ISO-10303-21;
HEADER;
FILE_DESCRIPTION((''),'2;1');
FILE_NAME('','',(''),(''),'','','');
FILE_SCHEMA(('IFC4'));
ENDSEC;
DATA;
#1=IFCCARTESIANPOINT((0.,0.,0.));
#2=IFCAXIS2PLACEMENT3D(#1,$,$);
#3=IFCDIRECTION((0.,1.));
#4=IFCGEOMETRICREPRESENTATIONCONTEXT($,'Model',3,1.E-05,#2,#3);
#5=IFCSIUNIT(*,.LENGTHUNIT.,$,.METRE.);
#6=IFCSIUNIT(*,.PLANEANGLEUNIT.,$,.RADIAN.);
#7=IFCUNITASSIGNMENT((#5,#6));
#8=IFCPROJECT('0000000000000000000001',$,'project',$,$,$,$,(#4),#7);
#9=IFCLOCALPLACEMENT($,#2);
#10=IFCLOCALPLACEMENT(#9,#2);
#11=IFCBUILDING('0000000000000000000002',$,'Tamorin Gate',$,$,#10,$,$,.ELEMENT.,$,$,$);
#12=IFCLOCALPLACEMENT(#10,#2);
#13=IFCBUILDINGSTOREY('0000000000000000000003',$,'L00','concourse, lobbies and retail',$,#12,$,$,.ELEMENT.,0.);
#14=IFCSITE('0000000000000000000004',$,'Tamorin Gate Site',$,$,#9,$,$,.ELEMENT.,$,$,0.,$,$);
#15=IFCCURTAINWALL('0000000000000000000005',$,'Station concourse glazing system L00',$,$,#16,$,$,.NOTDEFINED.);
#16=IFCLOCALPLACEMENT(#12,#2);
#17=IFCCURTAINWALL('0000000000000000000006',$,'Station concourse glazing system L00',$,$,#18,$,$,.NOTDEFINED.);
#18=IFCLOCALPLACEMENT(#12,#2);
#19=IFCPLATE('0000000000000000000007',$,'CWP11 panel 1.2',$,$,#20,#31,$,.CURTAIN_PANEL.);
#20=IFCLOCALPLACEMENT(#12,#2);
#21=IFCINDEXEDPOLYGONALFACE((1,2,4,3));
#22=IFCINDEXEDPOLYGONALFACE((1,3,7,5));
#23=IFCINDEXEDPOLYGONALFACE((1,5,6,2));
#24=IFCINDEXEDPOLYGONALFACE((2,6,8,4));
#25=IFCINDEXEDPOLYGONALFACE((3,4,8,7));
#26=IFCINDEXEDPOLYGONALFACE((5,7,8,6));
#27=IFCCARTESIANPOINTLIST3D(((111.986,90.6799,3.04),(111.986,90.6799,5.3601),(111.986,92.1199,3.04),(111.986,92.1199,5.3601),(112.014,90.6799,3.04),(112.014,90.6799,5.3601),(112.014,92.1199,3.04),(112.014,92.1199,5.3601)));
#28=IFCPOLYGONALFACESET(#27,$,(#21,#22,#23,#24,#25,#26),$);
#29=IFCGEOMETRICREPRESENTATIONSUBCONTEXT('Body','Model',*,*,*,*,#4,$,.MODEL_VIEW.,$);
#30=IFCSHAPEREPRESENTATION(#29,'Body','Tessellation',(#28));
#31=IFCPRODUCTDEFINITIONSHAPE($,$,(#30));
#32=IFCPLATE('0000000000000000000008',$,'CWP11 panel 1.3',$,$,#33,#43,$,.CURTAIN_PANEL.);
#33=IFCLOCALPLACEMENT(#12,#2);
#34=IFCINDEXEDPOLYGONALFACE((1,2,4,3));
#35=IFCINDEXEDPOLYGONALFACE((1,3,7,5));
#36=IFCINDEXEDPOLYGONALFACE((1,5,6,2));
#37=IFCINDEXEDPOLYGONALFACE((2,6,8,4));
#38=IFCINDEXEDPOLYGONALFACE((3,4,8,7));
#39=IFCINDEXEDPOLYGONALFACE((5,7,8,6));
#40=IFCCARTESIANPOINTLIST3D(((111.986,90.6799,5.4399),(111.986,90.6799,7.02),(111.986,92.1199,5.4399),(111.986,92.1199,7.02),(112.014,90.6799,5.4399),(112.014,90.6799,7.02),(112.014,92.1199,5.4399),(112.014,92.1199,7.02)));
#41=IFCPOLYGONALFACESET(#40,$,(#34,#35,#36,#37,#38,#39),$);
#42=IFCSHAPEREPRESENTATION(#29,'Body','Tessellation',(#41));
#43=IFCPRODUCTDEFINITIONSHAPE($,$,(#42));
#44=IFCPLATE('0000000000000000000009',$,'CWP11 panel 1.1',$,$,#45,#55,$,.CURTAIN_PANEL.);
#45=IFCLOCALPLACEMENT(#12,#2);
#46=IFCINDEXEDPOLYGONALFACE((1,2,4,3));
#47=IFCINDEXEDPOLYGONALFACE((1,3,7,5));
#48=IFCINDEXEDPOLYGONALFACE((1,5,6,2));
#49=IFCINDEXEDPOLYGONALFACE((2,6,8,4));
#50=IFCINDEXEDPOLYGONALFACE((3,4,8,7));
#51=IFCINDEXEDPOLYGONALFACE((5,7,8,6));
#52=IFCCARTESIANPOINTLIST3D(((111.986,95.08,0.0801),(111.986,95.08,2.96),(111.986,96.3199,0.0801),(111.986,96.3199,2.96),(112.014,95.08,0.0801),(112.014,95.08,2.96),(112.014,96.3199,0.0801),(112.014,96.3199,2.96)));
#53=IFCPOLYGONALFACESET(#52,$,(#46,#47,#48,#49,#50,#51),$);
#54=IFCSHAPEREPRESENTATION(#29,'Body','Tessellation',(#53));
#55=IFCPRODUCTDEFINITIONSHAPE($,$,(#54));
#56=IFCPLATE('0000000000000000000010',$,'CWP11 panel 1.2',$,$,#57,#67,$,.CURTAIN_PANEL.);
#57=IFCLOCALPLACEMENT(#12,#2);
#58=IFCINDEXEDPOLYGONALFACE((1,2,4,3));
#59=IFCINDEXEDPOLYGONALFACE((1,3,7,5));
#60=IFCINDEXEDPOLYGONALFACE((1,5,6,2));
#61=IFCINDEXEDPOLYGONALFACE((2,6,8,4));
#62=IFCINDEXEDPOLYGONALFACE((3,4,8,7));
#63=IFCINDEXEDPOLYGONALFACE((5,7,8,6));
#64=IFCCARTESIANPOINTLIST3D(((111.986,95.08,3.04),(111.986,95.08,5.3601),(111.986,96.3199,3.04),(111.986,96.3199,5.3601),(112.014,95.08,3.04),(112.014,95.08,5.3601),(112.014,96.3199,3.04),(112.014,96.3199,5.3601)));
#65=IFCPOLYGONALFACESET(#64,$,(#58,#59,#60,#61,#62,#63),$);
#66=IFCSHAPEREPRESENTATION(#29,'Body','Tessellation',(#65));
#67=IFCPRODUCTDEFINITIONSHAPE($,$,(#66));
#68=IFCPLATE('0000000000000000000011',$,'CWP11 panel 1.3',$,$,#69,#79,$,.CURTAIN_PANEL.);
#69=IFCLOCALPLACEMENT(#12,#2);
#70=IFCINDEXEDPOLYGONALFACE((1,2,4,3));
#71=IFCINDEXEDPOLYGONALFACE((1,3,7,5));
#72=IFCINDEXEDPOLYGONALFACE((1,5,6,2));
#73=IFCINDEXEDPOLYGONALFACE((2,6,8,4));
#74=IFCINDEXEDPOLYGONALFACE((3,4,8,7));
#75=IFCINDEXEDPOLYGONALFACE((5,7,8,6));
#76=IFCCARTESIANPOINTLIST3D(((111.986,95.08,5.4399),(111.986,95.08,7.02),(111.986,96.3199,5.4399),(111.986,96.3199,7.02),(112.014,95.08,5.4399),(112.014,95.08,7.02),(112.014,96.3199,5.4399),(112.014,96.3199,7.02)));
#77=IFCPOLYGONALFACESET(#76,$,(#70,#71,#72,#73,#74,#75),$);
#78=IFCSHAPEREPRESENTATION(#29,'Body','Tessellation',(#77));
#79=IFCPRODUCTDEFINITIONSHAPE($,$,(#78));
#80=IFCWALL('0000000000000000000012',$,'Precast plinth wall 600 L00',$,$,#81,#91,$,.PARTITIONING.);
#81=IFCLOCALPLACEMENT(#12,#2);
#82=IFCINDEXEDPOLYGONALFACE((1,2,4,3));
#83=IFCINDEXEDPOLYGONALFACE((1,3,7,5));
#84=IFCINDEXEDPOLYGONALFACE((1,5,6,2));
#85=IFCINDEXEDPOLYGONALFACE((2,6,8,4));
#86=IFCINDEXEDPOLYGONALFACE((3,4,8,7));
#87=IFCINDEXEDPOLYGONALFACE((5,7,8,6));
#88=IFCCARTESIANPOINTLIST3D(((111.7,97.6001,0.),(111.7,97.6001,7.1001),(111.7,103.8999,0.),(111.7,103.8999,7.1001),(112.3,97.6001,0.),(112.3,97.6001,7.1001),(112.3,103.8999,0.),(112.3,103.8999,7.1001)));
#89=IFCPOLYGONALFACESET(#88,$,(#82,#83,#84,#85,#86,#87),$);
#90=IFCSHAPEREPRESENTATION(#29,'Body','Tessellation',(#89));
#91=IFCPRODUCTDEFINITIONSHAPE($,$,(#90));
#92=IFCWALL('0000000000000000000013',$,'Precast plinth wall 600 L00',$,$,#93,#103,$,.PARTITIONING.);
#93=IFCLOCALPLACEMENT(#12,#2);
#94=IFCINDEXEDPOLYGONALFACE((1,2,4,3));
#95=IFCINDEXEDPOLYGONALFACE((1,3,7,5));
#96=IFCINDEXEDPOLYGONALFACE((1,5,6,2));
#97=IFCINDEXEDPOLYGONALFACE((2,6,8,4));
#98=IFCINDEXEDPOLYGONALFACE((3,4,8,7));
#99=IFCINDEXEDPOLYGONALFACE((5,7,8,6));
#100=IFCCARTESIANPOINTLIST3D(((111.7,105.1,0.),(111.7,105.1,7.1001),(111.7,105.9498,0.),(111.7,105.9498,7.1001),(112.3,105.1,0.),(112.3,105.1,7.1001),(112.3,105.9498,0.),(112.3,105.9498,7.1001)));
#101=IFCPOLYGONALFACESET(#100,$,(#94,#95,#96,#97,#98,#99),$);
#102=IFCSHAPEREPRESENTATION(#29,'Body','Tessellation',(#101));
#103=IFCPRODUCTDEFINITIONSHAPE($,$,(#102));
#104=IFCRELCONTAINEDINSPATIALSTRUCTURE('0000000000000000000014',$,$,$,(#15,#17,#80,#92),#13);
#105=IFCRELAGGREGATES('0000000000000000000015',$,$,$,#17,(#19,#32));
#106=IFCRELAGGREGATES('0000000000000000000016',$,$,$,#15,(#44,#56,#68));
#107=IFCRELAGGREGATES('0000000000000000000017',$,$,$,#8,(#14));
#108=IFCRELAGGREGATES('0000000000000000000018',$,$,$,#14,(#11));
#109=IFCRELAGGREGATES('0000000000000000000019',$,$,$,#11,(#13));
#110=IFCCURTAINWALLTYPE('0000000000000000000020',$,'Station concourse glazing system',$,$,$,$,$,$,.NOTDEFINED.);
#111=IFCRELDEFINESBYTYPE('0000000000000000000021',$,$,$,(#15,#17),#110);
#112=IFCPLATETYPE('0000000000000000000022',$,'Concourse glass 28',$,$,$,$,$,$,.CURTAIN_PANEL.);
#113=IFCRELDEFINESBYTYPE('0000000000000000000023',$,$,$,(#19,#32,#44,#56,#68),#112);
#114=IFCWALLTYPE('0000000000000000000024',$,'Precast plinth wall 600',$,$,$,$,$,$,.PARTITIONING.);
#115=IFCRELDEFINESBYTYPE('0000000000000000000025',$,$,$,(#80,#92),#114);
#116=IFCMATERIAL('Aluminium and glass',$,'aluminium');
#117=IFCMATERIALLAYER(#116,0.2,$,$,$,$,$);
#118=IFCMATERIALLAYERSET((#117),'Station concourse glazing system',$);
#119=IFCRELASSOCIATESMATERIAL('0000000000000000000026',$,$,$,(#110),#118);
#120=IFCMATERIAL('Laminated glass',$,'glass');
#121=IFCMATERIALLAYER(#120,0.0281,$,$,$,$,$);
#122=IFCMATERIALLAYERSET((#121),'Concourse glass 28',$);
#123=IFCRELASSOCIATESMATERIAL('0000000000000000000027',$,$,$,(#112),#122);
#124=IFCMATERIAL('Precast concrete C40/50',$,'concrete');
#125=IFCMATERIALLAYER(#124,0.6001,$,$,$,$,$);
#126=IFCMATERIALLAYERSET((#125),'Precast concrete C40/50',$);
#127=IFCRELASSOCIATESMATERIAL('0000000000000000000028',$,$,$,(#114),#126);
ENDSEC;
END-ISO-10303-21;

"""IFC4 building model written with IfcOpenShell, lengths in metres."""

from ifc_helpers import new_model, si_unit, direction, frame, frame_2d, origin, origin_2d, place, context, subcontext, project, spatial, rectangle, extrude, material, layer, layer_set, type_object, element, aggregate, save


model = new_model("IFC4")

# Units and contexts
model_context = context("Model", 3, precision=1e-05, world=origin(), true_north=direction((0.0, 1.0)))
body_context = subcontext(model_context, "Body", "Model", "MODEL_VIEW")
ifc_project = project(units=[si_unit("LENGTHUNIT", "METRE"), si_unit("PLANEANGLEUNIT", "RADIAN")], contexts=[model_context])

# Site, building, storey
site_placement = place(None, origin())
site = spatial("IfcSite", under=ifc_project, at=site_placement, Name="Tamorin Gate Site", CompositionType="ELEMENT", RefElevation=0.0)
building_placement = place(site_placement, origin())
building = spatial("IfcBuilding", under=site, at=building_placement, Name="Tamorin Gate", CompositionType="ELEMENT")
storey_placement = place(building_placement, origin())
storey = spatial("IfcBuildingStorey", under=building, at=storey_placement, Name="L00", Description="concourse, lobbies and retail", CompositionType="ELEMENT", Elevation=0.0)

# Curtain wall
ifc_material_1 = material(Name="Aluminium and glass", Category="aluminium")
ifc_layer_1 = layer(ifc_material_1, 0.2)
ifc_layer_set_1 = layer_set([ifc_layer_1], Name="Station concourse glazing system")
curtain_wall_type = type_object("IfcCurtainWallType", Name="Station concourse glazing system", PredefinedType="NOTDEFINED", material=ifc_layer_set_1)
curtain_wall_1_placement = place(storey_placement, origin())
curtain_wall_1 = element("IfcCurtainWall", 1, at=curtain_wall_1_placement, inside=storey, type_object=curtain_wall_type, Name="Station concourse glazing system L00", PredefinedType="NOTDEFINED")

# Curtain wall, plates
curtain_wall_2_placement = place(storey_placement, origin())
curtain_wall_2 = element("IfcCurtainWall", 2, at=curtain_wall_2_placement, inside=storey, type_object=curtain_wall_type, Name="Station concourse glazing system L00", PredefinedType="NOTDEFINED")
ifc_material_2 = material(Name="Laminated glass", Category="glass")
ifc_layer_2 = layer(ifc_material_2, 0.0281)
ifc_layer_set_2 = layer_set([ifc_layer_2], Name="Concourse glass 28")
plate_type = type_object("IfcPlateType", Name="Concourse glass 28", PredefinedType="CURTAIN_PANEL", material=ifc_layer_set_2)
plate_1_placement = place(storey_placement, frame((112.0, 91.3999, 3.04), z_axis=(0.0, 0.0, 1.0), x_axis=(0.0, 1.0, 0.0)))
plate_1 = element("IfcPlate", 3, at=plate_1_placement, type_object=plate_type, Name="CWP11 panel 1.2", PredefinedType="CURTAIN_PANEL", context=body_context, shape_type="SweptSolid", body=[
    extrude(rectangle(XDim=1.4399, YDim=0.0281, at=origin_2d()), origin(), (0.0, 0.0, 1.0), 2.3201),
])
plate_2_placement = place(storey_placement, frame((112.0, 91.3999, 5.4399), z_axis=(0.0, 0.0, 1.0), x_axis=(0.0, 1.0, 0.0)))
plate_2 = element("IfcPlate", 4, at=plate_2_placement, type_object=plate_type, Name="CWP11 panel 1.3", PredefinedType="CURTAIN_PANEL", context=body_context, shape_type="SweptSolid", body=[
    extrude(rectangle(XDim=1.4399, YDim=0.0281, at=origin_2d()), origin(), (0.0, 0.0, 1.0), 1.5801),
])
aggregate(curtain_wall_2, [plate_1, plate_2])

# Plates
plate_3_placement = place(storey_placement, frame((112.0, 95.7, 0.0801), z_axis=(0.0, 0.0, 1.0), x_axis=(0.0, 1.0, 0.0)))
plate_3 = element("IfcPlate", 5, at=plate_3_placement, type_object=plate_type, Name="CWP11 panel 1.1", PredefinedType="CURTAIN_PANEL", context=body_context, shape_type="SweptSolid", body=[
    extrude(rectangle(XDim=1.24, YDim=0.0281, at=origin_2d()), origin(), (0.0, 0.0, 1.0), 2.8799),
])
plate_4_placement = place(storey_placement, frame((112.0, 95.7, 3.04), z_axis=(0.0, 0.0, 1.0), x_axis=(0.0, 1.0, 0.0)))
plate_4 = element("IfcPlate", 6, at=plate_4_placement, type_object=plate_type, Name="CWP11 panel 1.2", PredefinedType="CURTAIN_PANEL", context=body_context, shape_type="SweptSolid", body=[
    extrude(rectangle(XDim=1.24, YDim=0.0281, at=origin_2d()), origin(), (0.0, 0.0, 1.0), 2.3201),
])
plate_5_placement = place(storey_placement, frame((112.0, 95.7, 5.4399), z_axis=(0.0, 0.0, 1.0), x_axis=(0.0, 1.0, 0.0)))
plate_5 = element("IfcPlate", 7, at=plate_5_placement, type_object=plate_type, Name="CWP11 panel 1.3", PredefinedType="CURTAIN_PANEL", context=body_context, shape_type="SweptSolid", body=[
    extrude(rectangle(XDim=1.24, YDim=0.0281, at=origin_2d()), origin(), (0.0, 0.0, 1.0), 1.5801),
])
aggregate(curtain_wall_1, [plate_3, plate_4, plate_5])

# Walls
ifc_material_3 = material(Name="Precast concrete C40/50", Category="concrete")
ifc_layer_3 = layer(ifc_material_3, 0.6001)
ifc_layer_set_3 = layer_set([ifc_layer_3], Name="Precast concrete C40/50")
wall_type = type_object("IfcWallType", Name="Precast plinth wall 600", PredefinedType="PARTITIONING", material=ifc_layer_set_3)
wall_1_placement = place(storey_placement, frame((112.0, 97.6001, 0.0), z_axis=(0.0, 0.0, 1.0), x_axis=(0.0, 1.0, 0.0)))
element("IfcWall", 8, at=wall_1_placement, inside=storey, type_object=wall_type, Name="Precast plinth wall 600 L00", PredefinedType="PARTITIONING", context=body_context, shape_type="SweptSolid", body=[
    extrude(rectangle(XDim=6.2998, YDim=0.6001, at=frame_2d((3.1499, 0.0))), origin(), (0.0, 0.0, 1.0), 7.1001),
])
wall_2_placement = place(storey_placement, frame((112.0, 105.1001, 0.0), z_axis=(0.0, 0.0, 1.0), x_axis=(0.0, 1.0, 0.0)))
element("IfcWall", 9, at=wall_2_placement, inside=storey, type_object=wall_type, Name="Precast plinth wall 600 L00", PredefinedType="PARTITIONING", context=body_context, shape_type="SweptSolid", body=[
    extrude(rectangle(XDim=0.8499, YDim=0.6001, at=frame_2d((0.4248, 0.0))), origin(), (0.0, 0.0, 1.0), 7.1001),
])

save(model, "model.ifc")
